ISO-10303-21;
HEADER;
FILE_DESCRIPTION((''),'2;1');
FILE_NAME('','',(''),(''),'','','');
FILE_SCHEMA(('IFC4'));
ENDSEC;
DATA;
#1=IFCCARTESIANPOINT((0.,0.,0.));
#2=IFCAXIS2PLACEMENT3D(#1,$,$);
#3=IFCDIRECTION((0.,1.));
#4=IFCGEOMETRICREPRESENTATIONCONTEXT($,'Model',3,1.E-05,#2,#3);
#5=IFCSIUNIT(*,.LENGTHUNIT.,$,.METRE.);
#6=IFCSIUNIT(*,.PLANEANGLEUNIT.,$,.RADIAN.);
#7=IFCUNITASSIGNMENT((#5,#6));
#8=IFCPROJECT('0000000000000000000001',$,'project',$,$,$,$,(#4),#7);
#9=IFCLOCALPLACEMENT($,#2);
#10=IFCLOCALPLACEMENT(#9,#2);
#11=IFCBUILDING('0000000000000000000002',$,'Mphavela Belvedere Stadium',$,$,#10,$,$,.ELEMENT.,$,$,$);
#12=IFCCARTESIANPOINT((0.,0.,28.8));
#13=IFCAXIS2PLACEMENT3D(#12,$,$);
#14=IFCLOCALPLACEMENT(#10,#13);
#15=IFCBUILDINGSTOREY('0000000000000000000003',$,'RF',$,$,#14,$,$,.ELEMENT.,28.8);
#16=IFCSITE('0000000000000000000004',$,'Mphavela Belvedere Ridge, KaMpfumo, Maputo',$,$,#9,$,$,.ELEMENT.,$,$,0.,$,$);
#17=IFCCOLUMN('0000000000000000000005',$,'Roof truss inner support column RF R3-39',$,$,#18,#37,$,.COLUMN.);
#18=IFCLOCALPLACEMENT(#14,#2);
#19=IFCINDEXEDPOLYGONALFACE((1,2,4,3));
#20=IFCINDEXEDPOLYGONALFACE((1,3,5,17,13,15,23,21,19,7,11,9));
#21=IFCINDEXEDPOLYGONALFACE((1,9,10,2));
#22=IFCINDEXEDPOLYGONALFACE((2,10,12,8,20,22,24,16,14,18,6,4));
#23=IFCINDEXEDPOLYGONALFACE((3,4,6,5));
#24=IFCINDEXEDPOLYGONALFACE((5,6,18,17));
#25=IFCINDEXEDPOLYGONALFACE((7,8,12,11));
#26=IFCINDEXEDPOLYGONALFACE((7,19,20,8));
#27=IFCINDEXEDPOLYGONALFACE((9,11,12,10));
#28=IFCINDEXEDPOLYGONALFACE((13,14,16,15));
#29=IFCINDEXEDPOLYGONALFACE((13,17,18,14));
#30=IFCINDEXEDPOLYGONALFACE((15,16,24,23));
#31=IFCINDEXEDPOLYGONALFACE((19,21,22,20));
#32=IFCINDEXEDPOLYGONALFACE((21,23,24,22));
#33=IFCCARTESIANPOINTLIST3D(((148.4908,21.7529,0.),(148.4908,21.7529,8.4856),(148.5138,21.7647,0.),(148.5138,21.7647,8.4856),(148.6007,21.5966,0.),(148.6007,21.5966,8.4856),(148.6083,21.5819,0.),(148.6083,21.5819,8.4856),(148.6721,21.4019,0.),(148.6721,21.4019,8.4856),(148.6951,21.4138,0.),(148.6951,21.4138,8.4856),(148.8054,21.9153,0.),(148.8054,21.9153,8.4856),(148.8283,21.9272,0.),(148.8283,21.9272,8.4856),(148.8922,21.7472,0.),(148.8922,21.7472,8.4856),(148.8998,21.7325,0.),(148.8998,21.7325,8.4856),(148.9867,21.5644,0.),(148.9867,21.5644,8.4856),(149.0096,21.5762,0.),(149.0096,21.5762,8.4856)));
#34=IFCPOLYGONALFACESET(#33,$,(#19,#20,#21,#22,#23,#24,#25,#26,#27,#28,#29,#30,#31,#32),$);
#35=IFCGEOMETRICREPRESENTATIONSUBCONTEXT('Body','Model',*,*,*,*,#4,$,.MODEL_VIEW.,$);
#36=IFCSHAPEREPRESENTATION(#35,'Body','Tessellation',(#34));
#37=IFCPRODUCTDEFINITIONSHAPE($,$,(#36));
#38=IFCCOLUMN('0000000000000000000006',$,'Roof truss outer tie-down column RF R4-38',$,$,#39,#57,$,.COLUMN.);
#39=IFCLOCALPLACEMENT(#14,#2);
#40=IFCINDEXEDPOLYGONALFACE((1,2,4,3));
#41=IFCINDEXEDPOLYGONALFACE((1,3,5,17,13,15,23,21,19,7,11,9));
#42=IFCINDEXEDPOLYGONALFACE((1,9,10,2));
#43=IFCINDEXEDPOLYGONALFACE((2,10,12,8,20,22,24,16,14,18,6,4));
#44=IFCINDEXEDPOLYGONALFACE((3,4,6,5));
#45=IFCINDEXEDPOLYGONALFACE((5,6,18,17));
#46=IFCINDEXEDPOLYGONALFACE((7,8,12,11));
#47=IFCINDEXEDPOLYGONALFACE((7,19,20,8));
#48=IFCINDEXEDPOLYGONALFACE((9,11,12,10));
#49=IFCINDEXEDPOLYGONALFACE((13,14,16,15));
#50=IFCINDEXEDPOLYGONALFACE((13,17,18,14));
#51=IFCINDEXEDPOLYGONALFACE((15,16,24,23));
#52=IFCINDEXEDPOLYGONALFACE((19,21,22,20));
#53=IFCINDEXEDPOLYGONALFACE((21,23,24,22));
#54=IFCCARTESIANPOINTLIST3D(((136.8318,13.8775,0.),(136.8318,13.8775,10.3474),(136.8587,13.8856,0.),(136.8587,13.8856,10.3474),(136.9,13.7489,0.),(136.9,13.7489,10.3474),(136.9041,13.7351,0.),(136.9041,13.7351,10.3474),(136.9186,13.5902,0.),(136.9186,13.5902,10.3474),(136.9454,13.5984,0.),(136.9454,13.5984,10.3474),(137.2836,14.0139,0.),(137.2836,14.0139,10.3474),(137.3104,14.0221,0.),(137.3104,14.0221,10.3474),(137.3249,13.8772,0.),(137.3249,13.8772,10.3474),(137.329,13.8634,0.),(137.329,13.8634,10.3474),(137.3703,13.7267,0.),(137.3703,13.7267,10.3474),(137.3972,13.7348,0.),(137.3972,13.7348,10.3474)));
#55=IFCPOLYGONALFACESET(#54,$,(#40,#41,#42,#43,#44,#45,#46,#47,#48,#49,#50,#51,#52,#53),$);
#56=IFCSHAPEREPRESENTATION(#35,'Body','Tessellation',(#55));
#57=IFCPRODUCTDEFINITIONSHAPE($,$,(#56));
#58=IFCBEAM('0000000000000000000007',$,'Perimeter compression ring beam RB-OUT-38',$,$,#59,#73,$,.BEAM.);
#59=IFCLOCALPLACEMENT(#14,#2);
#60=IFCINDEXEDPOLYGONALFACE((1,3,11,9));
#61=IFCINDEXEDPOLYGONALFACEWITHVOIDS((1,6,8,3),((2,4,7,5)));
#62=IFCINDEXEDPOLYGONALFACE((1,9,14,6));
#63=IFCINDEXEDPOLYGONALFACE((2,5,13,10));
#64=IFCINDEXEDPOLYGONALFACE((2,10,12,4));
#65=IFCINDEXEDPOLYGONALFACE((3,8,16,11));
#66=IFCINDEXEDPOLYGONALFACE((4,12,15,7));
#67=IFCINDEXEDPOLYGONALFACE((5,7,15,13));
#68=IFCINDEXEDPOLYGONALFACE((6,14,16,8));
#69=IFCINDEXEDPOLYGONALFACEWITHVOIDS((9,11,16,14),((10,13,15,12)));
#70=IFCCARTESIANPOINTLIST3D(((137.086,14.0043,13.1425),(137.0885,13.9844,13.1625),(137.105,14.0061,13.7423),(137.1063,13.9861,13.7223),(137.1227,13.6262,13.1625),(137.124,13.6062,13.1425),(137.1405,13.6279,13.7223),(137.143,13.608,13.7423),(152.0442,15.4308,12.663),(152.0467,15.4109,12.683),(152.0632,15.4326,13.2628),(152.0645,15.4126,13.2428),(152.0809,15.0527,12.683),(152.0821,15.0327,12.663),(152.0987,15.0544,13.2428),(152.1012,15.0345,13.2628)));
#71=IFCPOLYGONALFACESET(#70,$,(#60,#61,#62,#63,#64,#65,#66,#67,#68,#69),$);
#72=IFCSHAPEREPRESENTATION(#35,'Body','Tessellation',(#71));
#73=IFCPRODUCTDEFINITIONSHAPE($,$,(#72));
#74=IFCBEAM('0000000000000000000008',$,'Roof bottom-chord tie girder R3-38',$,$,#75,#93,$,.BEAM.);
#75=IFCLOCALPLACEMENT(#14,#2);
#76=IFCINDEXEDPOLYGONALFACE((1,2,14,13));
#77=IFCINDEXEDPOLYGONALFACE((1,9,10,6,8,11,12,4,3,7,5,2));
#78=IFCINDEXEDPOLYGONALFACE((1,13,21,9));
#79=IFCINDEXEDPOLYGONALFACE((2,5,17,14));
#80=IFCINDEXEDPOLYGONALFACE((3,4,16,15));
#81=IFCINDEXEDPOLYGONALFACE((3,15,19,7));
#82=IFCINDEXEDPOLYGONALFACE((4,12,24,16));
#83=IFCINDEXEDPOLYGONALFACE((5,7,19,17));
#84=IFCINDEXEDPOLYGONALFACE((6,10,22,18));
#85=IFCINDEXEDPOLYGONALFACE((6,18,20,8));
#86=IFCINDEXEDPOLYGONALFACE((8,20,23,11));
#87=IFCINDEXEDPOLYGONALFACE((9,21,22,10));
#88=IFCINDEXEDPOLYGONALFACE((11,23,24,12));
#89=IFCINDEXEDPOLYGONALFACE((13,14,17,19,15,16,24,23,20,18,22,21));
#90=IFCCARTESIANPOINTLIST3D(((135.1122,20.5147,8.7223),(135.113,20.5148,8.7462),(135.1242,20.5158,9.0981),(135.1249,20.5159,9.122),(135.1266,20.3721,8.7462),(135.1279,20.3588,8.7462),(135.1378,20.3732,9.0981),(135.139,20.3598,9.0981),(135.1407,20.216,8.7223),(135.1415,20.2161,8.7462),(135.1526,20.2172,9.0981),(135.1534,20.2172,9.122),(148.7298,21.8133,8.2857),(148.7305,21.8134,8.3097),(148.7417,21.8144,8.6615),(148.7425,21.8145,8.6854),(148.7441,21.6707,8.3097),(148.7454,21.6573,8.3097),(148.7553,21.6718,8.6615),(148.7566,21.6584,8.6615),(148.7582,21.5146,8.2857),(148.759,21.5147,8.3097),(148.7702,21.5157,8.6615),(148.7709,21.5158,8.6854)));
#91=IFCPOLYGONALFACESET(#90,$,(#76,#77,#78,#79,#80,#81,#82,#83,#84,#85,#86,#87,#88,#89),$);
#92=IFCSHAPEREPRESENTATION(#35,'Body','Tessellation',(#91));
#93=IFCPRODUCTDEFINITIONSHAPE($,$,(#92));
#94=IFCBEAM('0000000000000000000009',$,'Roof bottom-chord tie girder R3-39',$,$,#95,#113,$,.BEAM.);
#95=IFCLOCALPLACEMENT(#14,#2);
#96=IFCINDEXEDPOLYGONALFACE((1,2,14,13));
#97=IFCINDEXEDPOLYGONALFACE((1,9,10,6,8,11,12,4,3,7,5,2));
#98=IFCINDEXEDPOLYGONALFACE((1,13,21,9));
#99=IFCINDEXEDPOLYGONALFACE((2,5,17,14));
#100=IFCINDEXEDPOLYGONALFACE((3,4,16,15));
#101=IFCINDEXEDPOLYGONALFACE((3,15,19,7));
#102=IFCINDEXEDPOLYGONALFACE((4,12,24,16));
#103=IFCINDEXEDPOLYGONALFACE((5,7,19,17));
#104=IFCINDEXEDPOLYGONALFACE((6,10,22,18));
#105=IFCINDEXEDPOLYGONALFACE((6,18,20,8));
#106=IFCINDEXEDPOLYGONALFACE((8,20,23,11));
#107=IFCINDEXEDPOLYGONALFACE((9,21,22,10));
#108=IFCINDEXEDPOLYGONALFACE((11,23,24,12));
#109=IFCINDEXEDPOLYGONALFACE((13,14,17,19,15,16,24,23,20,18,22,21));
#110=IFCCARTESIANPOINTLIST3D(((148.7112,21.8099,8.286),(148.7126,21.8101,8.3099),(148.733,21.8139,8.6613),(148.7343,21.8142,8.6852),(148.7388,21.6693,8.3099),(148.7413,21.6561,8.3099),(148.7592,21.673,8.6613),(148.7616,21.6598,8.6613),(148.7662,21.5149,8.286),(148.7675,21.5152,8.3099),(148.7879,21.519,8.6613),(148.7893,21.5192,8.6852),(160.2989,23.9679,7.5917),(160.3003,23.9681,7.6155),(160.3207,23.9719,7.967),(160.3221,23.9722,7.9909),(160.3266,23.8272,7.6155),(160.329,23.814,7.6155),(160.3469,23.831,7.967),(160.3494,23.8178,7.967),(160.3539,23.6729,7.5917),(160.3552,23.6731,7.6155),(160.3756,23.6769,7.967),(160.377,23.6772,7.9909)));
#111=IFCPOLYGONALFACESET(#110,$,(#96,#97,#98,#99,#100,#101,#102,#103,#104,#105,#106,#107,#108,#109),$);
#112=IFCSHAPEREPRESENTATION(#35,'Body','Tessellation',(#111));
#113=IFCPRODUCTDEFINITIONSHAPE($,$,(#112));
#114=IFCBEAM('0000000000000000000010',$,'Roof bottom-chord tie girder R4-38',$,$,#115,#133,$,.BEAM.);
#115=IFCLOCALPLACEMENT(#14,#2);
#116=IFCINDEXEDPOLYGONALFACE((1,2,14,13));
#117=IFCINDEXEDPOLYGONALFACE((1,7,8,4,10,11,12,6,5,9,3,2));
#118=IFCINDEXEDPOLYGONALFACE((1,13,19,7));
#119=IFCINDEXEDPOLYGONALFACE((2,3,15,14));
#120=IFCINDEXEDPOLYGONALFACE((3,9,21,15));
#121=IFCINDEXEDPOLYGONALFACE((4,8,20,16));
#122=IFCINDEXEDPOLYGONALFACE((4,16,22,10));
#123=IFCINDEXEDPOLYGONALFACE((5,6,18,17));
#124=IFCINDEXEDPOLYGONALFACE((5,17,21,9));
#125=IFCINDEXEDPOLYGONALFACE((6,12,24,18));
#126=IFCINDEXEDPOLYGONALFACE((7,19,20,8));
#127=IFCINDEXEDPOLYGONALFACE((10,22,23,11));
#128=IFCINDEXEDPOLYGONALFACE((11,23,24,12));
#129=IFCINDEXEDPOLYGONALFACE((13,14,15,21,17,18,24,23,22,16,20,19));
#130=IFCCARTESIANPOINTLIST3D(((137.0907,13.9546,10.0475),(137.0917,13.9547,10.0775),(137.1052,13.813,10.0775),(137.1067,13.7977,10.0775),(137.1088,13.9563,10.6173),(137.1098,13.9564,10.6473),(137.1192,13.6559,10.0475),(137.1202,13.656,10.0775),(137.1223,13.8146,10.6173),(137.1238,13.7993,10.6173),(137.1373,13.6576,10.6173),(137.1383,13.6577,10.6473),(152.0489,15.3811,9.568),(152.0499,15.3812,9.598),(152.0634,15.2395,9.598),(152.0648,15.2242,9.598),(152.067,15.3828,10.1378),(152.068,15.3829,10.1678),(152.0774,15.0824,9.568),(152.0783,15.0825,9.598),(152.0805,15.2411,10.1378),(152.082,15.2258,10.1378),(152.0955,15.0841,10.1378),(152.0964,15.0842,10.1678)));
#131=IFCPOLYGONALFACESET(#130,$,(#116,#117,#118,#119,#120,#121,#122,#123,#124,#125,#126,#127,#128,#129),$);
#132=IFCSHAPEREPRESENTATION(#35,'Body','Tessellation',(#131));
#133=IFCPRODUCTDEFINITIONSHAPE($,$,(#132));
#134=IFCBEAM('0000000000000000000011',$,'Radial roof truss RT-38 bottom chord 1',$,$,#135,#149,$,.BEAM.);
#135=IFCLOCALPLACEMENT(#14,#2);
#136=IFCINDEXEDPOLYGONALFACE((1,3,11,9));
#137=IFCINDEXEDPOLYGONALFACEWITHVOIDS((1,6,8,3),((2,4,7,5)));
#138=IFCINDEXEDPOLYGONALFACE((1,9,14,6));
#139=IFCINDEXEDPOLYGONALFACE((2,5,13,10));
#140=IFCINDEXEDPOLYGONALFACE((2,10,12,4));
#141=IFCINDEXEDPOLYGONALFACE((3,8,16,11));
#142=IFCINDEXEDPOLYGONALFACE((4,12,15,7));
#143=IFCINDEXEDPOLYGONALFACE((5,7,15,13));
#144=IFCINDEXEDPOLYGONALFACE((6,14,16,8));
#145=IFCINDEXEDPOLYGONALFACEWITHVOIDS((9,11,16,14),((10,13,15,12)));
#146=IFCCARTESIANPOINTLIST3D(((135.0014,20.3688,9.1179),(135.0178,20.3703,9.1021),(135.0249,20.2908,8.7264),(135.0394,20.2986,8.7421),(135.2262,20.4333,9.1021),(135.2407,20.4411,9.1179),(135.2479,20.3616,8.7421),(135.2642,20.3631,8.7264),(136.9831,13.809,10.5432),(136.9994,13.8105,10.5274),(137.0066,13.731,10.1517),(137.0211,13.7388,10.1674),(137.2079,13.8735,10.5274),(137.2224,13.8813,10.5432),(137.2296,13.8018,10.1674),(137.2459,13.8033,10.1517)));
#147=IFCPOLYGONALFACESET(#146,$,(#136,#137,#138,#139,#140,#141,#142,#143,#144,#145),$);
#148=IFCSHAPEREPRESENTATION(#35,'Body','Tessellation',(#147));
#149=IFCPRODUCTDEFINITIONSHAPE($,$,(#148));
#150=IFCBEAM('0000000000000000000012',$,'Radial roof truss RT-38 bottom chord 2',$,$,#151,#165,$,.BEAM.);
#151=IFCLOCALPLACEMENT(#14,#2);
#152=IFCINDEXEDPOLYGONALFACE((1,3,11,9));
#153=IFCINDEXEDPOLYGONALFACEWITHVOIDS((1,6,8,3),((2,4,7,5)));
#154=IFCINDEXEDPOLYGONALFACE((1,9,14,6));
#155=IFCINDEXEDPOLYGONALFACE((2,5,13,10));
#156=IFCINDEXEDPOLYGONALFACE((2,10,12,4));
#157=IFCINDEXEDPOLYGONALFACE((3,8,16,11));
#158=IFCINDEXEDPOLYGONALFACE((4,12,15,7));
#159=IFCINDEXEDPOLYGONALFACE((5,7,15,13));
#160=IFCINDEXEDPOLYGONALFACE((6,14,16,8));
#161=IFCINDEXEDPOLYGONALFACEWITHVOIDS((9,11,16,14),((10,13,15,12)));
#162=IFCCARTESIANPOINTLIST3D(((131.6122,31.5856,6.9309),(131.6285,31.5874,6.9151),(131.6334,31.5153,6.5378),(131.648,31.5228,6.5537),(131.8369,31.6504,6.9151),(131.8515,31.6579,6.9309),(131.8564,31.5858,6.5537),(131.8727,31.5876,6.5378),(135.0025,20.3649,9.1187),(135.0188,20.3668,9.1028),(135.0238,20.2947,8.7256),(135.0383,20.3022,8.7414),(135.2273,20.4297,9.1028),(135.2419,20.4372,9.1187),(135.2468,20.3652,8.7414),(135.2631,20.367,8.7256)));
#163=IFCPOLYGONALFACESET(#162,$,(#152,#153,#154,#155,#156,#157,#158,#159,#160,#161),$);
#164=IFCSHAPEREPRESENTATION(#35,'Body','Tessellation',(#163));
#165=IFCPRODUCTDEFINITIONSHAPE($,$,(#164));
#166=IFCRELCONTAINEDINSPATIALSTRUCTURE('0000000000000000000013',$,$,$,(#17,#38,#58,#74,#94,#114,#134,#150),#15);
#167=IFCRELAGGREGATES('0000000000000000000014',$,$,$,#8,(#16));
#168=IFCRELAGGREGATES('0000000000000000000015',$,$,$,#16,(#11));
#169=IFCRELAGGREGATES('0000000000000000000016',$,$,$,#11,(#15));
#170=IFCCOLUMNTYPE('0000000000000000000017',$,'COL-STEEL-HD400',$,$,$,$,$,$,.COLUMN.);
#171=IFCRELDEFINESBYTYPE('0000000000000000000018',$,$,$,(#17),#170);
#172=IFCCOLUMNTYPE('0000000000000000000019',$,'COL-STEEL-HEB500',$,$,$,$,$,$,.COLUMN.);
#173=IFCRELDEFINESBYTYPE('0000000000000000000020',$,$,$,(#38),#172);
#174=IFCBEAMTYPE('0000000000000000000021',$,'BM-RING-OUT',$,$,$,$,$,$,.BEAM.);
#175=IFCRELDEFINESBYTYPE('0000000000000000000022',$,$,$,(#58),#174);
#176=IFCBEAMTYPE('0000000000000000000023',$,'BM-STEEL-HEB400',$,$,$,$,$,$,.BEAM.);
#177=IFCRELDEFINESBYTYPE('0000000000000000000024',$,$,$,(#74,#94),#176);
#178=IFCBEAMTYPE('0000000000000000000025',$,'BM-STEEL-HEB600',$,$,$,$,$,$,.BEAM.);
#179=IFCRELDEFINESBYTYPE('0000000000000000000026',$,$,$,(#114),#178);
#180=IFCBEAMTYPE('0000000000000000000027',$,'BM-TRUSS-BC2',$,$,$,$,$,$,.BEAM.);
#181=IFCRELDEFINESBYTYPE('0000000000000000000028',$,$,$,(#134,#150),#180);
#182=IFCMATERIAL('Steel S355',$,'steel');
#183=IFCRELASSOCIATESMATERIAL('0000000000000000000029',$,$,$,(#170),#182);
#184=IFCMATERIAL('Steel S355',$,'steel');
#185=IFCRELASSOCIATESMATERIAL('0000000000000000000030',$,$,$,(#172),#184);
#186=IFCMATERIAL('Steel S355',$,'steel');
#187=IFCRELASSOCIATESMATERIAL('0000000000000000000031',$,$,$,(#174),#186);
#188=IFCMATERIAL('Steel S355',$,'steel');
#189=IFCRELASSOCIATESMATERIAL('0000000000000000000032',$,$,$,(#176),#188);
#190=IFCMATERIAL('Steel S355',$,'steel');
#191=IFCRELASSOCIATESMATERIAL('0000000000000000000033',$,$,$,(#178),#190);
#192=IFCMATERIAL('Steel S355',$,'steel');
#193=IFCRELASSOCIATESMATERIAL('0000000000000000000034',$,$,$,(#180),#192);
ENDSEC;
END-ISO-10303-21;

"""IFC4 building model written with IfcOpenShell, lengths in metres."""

from ifc_helpers import new_model, si_unit, direction, frame, origin, origin_2d, place, context, subcontext, project, spatial, hollow_rectangle, i_section, extrude, material, material_profile, profile_set, type_object, element, save


model = new_model("IFC4")

# Units and contexts
model_context = context("Model", 3, precision=1e-05, world=origin(), true_north=direction((0.0, 1.0)))
body_context = subcontext(model_context, "Body", "Model", "MODEL_VIEW")
ifc_project = project(units=[si_unit("LENGTHUNIT", "METRE"), si_unit("PLANEANGLEUNIT", "RADIAN")], contexts=[model_context])

# Site, building, storey
site_placement = place(None, origin())
site = spatial("IfcSite", under=ifc_project, at=site_placement, Name="Mphavela Belvedere Ridge, KaMpfumo, Maputo", CompositionType="ELEMENT", RefElevation=0.0)
building_placement = place(site_placement, origin())
building = spatial("IfcBuilding", under=site, at=building_placement, Name="Mphavela Belvedere Stadium", CompositionType="ELEMENT")
storey_placement = place(building_placement, frame((0.0, 0.0, 28.8)))
storey = spatial("IfcBuildingStorey", under=building, at=storey_placement, Name="RF", CompositionType="ELEMENT", Elevation=28.8)

# Columns
ifc_material_1 = material(Name="Steel S355", Category="steel")
ifc_material_profile_1 = material_profile(ifc_material_1, i_section(OverallWidth=0.395, OverallDepth=0.3799, WebThickness=0.0166, FlangeThickness=0.0259, at=origin_2d()), Name="HD 400x237")
ifc_profile_set_1 = profile_set([ifc_material_profile_1], Name="Steel S355")
column_type_1 = type_object("IfcColumnType", Name="COL-STEEL-HD400", PredefinedType="COLUMN", material=ifc_profile_set_1)
column_1_placement = place(storey_placement, frame((148.7502, 21.6646, 0.0), z_axis=(0.0, 0.0, 1.0), x_axis=(0.45896, -0.888457, 0.0)))
element("IfcColumn", 1, at=column_1_placement, inside=storey, type_object=column_type_1, Name="Roof truss inner support column RF R3-39", PredefinedType="COLUMN", context=body_context, shape_type="SweptSolid", body=[
    extrude(i_section(OverallWidth=0.395, OverallDepth=0.3799, WebThickness=0.0166, FlangeThickness=0.0259, at=origin_2d()), origin(), (0.0, 0.0, 1.0), 8.4856),
])
ifc_material_2 = material(Name="Steel S355", Category="steel")
ifc_material_profile_2 = material_profile(ifc_material_2, i_section(OverallWidth=0.3, OverallDepth=0.5, WebThickness=0.0144, FlangeThickness=0.0281, at=origin_2d()), Name="HEB 500")
ifc_profile_set_2 = profile_set([ifc_material_profile_2], Name="Steel S355")
column_type_2 = type_object("IfcColumnType", Name="COL-STEEL-HEB500", PredefinedType="COLUMN", material=ifc_profile_set_2)
column_2_placement = place(storey_placement, frame((137.1145, 13.8062, 0.0), z_axis=(0.0, 0.0, 1.0), x_axis=(0.289199, -0.957269, 0.0)))
element("IfcColumn", 2, at=column_2_placement, inside=storey, type_object=column_type_2, Name="Roof truss outer tie-down column RF R4-38", PredefinedType="COLUMN", context=body_context, shape_type="SweptSolid", body=[
    extrude(i_section(OverallWidth=0.3, OverallDepth=0.5, WebThickness=0.0144, FlangeThickness=0.0281, at=origin_2d()), origin(), (0.0, 0.0, 1.0), 10.3474),
])

# Beams
ifc_material_3 = material(Name="Steel S355", Category="steel")
ifc_material_profile_3 = material_profile(ifc_material_3, hollow_rectangle(XDim=0.3999, YDim=0.6001, WallThickness=0.02, at=origin_2d()), Name="RHS 600x400x20")
ifc_profile_set_3 = profile_set([ifc_material_profile_3], Name="Steel S355")
beam_type_1 = type_object("IfcBeamType", Name="BM-RING-OUT", PredefinedType="BEAM", material=ifc_profile_set_3)
beam_1_placement = place(storey_placement, frame((137.1145, 13.8062, 13.4424), z_axis=(0.994977, 0.094887, -0.031894), x_axis=(-0.094936, 0.995483, 0.0)))
element("IfcBeam", 3, at=beam_1_placement, inside=storey, type_object=beam_type_1, Name="Perimeter compression ring beam RB-OUT-38", PredefinedType="BEAM", context=body_context, shape_type="SweptSolid", body=[
    extrude(hollow_rectangle(XDim=0.3999, YDim=0.6001, WallThickness=0.02, at=origin_2d()), origin(), (0.0, 0.0, 1.0), 15.0337),
])
ifc_material_4 = material(Name="Steel S355", Category="steel")
ifc_material_profile_4 = material_profile(ifc_material_4, i_section(OverallWidth=0.3, OverallDepth=0.3999, WebThickness=0.0134, FlangeThickness=0.0239, at=origin_2d()), Name="HEB 400")
ifc_profile_set_4 = profile_set([ifc_material_profile_4], Name="Steel S355")
beam_type_2 = type_object("IfcBeamType", Name="BM-STEEL-HEB400", PredefinedType="BEAM", material=ifc_profile_set_4)
beam_2_placement = place(storey_placement, frame((135.1328, 20.366, 8.9221), z_axis=(0.994977, 0.094883, -0.031895), x_axis=(-0.094931, 0.995484, 0.0)))
element("IfcBeam", 4, at=beam_2_placement, inside=storey, type_object=beam_type_2, Name="Roof bottom-chord tie girder R3-38", PredefinedType="BEAM", context=body_context, shape_type="SweptSolid", body=[
    extrude(i_section(OverallWidth=0.3, OverallDepth=0.3999, WebThickness=0.0134, FlangeThickness=0.0239, at=origin_2d()), origin(), (0.0, 0.0, 1.0), 13.6863),
])
beam_3_placement = place(storey_placement, frame((148.7502, 21.6646, 8.4856), z_axis=(0.981396, 0.182765, -0.058806), x_axis=(-0.183082, 0.983098, 0.0)))
element("IfcBeam", 5, at=beam_3_placement, inside=storey, type_object=beam_type_2, Name="Roof bottom-chord tie girder R3-39", PredefinedType="BEAM", context=body_context, shape_type="SweptSolid", body=[
    extrude(i_section(OverallWidth=0.3, OverallDepth=0.3999, WebThickness=0.0134, FlangeThickness=0.0239, at=origin_2d()), origin(), (0.0, 0.0, 1.0), 11.8074),
])
ifc_material_5 = material(Name="Steel S355", Category="steel")
ifc_material_profile_5 = material_profile(ifc_material_5, i_section(OverallWidth=0.3, OverallDepth=0.6001, WebThickness=0.0154, FlangeThickness=0.03, at=origin_2d()), Name="HEB 600")
ifc_profile_set_5 = profile_set([ifc_material_profile_5], Name="Steel S355")
beam_type_3 = type_object("IfcBeamType", Name="BM-STEEL-HEB600", PredefinedType="BEAM", material=ifc_profile_set_5)
beam_4_placement = place(storey_placement, frame((137.1145, 13.8062, 10.3474), z_axis=(0.994977, 0.094887, -0.031894), x_axis=(-0.094936, 0.995483, 0.0)))
element("IfcBeam", 6, at=beam_4_placement, inside=storey, type_object=beam_type_3, Name="Roof bottom-chord tie girder R4-38", PredefinedType="BEAM", context=body_context, shape_type="SweptSolid", body=[
    extrude(i_section(OverallWidth=0.3, OverallDepth=0.6001, WebThickness=0.0154, FlangeThickness=0.03, at=origin_2d()), origin(), (0.0, 0.0, 1.0), 15.0337),
])
ifc_material_6 = material(Name="Steel S355", Category="steel")
ifc_material_profile_6 = material_profile(ifc_material_6, hollow_rectangle(XDim=0.25, YDim=0.3999, WallThickness=0.0161, at=origin_2d()), Name="RHS 400x250x16")
ifc_profile_set_6 = profile_set([ifc_material_profile_6], Name="Steel S355")
beam_type_4 = type_object("IfcBeamType", Name="BM-TRUSS-BC2", PredefinedType="BEAM", material=ifc_profile_set_6)
beam_5_placement = place(storey_placement, frame((137.1145, 13.8062, 10.3474), z_axis=(-0.283128, 0.937215, -0.203635), x_axis=(-0.957272, -0.289188, 0.0)))
element("IfcBeam", 7, at=beam_5_placement, inside=storey, type_object=beam_type_4, Name="Radial roof truss RT-38 bottom chord 1", PredefinedType="BEAM", context=body_context, shape_type="SweptSolid", body=[
    extrude(hollow_rectangle(XDim=0.25, YDim=0.3999, WallThickness=0.0161, at=origin_2d()), origin(), (0.0, 0.0, 1.0), 6.9993),
])
beam_6_placement = place(storey_placement, frame((135.1328, 20.366, 8.9221), z_axis=(-0.284329, 0.941007, -0.183472), x_axis=(-0.957257, -0.289239, 0.0)))
element("IfcBeam", 8, at=beam_6_placement, inside=storey, type_object=beam_type_4, Name="Radial roof truss RT-38 bottom chord 2", PredefinedType="BEAM", context=body_context, shape_type="SweptSolid", body=[
    extrude(hollow_rectangle(XDim=0.25, YDim=0.3999, WallThickness=0.0161, at=origin_2d()), origin(), (0.0, 0.0, 1.0), 11.9241),
])

save(model, "model.ifc")
